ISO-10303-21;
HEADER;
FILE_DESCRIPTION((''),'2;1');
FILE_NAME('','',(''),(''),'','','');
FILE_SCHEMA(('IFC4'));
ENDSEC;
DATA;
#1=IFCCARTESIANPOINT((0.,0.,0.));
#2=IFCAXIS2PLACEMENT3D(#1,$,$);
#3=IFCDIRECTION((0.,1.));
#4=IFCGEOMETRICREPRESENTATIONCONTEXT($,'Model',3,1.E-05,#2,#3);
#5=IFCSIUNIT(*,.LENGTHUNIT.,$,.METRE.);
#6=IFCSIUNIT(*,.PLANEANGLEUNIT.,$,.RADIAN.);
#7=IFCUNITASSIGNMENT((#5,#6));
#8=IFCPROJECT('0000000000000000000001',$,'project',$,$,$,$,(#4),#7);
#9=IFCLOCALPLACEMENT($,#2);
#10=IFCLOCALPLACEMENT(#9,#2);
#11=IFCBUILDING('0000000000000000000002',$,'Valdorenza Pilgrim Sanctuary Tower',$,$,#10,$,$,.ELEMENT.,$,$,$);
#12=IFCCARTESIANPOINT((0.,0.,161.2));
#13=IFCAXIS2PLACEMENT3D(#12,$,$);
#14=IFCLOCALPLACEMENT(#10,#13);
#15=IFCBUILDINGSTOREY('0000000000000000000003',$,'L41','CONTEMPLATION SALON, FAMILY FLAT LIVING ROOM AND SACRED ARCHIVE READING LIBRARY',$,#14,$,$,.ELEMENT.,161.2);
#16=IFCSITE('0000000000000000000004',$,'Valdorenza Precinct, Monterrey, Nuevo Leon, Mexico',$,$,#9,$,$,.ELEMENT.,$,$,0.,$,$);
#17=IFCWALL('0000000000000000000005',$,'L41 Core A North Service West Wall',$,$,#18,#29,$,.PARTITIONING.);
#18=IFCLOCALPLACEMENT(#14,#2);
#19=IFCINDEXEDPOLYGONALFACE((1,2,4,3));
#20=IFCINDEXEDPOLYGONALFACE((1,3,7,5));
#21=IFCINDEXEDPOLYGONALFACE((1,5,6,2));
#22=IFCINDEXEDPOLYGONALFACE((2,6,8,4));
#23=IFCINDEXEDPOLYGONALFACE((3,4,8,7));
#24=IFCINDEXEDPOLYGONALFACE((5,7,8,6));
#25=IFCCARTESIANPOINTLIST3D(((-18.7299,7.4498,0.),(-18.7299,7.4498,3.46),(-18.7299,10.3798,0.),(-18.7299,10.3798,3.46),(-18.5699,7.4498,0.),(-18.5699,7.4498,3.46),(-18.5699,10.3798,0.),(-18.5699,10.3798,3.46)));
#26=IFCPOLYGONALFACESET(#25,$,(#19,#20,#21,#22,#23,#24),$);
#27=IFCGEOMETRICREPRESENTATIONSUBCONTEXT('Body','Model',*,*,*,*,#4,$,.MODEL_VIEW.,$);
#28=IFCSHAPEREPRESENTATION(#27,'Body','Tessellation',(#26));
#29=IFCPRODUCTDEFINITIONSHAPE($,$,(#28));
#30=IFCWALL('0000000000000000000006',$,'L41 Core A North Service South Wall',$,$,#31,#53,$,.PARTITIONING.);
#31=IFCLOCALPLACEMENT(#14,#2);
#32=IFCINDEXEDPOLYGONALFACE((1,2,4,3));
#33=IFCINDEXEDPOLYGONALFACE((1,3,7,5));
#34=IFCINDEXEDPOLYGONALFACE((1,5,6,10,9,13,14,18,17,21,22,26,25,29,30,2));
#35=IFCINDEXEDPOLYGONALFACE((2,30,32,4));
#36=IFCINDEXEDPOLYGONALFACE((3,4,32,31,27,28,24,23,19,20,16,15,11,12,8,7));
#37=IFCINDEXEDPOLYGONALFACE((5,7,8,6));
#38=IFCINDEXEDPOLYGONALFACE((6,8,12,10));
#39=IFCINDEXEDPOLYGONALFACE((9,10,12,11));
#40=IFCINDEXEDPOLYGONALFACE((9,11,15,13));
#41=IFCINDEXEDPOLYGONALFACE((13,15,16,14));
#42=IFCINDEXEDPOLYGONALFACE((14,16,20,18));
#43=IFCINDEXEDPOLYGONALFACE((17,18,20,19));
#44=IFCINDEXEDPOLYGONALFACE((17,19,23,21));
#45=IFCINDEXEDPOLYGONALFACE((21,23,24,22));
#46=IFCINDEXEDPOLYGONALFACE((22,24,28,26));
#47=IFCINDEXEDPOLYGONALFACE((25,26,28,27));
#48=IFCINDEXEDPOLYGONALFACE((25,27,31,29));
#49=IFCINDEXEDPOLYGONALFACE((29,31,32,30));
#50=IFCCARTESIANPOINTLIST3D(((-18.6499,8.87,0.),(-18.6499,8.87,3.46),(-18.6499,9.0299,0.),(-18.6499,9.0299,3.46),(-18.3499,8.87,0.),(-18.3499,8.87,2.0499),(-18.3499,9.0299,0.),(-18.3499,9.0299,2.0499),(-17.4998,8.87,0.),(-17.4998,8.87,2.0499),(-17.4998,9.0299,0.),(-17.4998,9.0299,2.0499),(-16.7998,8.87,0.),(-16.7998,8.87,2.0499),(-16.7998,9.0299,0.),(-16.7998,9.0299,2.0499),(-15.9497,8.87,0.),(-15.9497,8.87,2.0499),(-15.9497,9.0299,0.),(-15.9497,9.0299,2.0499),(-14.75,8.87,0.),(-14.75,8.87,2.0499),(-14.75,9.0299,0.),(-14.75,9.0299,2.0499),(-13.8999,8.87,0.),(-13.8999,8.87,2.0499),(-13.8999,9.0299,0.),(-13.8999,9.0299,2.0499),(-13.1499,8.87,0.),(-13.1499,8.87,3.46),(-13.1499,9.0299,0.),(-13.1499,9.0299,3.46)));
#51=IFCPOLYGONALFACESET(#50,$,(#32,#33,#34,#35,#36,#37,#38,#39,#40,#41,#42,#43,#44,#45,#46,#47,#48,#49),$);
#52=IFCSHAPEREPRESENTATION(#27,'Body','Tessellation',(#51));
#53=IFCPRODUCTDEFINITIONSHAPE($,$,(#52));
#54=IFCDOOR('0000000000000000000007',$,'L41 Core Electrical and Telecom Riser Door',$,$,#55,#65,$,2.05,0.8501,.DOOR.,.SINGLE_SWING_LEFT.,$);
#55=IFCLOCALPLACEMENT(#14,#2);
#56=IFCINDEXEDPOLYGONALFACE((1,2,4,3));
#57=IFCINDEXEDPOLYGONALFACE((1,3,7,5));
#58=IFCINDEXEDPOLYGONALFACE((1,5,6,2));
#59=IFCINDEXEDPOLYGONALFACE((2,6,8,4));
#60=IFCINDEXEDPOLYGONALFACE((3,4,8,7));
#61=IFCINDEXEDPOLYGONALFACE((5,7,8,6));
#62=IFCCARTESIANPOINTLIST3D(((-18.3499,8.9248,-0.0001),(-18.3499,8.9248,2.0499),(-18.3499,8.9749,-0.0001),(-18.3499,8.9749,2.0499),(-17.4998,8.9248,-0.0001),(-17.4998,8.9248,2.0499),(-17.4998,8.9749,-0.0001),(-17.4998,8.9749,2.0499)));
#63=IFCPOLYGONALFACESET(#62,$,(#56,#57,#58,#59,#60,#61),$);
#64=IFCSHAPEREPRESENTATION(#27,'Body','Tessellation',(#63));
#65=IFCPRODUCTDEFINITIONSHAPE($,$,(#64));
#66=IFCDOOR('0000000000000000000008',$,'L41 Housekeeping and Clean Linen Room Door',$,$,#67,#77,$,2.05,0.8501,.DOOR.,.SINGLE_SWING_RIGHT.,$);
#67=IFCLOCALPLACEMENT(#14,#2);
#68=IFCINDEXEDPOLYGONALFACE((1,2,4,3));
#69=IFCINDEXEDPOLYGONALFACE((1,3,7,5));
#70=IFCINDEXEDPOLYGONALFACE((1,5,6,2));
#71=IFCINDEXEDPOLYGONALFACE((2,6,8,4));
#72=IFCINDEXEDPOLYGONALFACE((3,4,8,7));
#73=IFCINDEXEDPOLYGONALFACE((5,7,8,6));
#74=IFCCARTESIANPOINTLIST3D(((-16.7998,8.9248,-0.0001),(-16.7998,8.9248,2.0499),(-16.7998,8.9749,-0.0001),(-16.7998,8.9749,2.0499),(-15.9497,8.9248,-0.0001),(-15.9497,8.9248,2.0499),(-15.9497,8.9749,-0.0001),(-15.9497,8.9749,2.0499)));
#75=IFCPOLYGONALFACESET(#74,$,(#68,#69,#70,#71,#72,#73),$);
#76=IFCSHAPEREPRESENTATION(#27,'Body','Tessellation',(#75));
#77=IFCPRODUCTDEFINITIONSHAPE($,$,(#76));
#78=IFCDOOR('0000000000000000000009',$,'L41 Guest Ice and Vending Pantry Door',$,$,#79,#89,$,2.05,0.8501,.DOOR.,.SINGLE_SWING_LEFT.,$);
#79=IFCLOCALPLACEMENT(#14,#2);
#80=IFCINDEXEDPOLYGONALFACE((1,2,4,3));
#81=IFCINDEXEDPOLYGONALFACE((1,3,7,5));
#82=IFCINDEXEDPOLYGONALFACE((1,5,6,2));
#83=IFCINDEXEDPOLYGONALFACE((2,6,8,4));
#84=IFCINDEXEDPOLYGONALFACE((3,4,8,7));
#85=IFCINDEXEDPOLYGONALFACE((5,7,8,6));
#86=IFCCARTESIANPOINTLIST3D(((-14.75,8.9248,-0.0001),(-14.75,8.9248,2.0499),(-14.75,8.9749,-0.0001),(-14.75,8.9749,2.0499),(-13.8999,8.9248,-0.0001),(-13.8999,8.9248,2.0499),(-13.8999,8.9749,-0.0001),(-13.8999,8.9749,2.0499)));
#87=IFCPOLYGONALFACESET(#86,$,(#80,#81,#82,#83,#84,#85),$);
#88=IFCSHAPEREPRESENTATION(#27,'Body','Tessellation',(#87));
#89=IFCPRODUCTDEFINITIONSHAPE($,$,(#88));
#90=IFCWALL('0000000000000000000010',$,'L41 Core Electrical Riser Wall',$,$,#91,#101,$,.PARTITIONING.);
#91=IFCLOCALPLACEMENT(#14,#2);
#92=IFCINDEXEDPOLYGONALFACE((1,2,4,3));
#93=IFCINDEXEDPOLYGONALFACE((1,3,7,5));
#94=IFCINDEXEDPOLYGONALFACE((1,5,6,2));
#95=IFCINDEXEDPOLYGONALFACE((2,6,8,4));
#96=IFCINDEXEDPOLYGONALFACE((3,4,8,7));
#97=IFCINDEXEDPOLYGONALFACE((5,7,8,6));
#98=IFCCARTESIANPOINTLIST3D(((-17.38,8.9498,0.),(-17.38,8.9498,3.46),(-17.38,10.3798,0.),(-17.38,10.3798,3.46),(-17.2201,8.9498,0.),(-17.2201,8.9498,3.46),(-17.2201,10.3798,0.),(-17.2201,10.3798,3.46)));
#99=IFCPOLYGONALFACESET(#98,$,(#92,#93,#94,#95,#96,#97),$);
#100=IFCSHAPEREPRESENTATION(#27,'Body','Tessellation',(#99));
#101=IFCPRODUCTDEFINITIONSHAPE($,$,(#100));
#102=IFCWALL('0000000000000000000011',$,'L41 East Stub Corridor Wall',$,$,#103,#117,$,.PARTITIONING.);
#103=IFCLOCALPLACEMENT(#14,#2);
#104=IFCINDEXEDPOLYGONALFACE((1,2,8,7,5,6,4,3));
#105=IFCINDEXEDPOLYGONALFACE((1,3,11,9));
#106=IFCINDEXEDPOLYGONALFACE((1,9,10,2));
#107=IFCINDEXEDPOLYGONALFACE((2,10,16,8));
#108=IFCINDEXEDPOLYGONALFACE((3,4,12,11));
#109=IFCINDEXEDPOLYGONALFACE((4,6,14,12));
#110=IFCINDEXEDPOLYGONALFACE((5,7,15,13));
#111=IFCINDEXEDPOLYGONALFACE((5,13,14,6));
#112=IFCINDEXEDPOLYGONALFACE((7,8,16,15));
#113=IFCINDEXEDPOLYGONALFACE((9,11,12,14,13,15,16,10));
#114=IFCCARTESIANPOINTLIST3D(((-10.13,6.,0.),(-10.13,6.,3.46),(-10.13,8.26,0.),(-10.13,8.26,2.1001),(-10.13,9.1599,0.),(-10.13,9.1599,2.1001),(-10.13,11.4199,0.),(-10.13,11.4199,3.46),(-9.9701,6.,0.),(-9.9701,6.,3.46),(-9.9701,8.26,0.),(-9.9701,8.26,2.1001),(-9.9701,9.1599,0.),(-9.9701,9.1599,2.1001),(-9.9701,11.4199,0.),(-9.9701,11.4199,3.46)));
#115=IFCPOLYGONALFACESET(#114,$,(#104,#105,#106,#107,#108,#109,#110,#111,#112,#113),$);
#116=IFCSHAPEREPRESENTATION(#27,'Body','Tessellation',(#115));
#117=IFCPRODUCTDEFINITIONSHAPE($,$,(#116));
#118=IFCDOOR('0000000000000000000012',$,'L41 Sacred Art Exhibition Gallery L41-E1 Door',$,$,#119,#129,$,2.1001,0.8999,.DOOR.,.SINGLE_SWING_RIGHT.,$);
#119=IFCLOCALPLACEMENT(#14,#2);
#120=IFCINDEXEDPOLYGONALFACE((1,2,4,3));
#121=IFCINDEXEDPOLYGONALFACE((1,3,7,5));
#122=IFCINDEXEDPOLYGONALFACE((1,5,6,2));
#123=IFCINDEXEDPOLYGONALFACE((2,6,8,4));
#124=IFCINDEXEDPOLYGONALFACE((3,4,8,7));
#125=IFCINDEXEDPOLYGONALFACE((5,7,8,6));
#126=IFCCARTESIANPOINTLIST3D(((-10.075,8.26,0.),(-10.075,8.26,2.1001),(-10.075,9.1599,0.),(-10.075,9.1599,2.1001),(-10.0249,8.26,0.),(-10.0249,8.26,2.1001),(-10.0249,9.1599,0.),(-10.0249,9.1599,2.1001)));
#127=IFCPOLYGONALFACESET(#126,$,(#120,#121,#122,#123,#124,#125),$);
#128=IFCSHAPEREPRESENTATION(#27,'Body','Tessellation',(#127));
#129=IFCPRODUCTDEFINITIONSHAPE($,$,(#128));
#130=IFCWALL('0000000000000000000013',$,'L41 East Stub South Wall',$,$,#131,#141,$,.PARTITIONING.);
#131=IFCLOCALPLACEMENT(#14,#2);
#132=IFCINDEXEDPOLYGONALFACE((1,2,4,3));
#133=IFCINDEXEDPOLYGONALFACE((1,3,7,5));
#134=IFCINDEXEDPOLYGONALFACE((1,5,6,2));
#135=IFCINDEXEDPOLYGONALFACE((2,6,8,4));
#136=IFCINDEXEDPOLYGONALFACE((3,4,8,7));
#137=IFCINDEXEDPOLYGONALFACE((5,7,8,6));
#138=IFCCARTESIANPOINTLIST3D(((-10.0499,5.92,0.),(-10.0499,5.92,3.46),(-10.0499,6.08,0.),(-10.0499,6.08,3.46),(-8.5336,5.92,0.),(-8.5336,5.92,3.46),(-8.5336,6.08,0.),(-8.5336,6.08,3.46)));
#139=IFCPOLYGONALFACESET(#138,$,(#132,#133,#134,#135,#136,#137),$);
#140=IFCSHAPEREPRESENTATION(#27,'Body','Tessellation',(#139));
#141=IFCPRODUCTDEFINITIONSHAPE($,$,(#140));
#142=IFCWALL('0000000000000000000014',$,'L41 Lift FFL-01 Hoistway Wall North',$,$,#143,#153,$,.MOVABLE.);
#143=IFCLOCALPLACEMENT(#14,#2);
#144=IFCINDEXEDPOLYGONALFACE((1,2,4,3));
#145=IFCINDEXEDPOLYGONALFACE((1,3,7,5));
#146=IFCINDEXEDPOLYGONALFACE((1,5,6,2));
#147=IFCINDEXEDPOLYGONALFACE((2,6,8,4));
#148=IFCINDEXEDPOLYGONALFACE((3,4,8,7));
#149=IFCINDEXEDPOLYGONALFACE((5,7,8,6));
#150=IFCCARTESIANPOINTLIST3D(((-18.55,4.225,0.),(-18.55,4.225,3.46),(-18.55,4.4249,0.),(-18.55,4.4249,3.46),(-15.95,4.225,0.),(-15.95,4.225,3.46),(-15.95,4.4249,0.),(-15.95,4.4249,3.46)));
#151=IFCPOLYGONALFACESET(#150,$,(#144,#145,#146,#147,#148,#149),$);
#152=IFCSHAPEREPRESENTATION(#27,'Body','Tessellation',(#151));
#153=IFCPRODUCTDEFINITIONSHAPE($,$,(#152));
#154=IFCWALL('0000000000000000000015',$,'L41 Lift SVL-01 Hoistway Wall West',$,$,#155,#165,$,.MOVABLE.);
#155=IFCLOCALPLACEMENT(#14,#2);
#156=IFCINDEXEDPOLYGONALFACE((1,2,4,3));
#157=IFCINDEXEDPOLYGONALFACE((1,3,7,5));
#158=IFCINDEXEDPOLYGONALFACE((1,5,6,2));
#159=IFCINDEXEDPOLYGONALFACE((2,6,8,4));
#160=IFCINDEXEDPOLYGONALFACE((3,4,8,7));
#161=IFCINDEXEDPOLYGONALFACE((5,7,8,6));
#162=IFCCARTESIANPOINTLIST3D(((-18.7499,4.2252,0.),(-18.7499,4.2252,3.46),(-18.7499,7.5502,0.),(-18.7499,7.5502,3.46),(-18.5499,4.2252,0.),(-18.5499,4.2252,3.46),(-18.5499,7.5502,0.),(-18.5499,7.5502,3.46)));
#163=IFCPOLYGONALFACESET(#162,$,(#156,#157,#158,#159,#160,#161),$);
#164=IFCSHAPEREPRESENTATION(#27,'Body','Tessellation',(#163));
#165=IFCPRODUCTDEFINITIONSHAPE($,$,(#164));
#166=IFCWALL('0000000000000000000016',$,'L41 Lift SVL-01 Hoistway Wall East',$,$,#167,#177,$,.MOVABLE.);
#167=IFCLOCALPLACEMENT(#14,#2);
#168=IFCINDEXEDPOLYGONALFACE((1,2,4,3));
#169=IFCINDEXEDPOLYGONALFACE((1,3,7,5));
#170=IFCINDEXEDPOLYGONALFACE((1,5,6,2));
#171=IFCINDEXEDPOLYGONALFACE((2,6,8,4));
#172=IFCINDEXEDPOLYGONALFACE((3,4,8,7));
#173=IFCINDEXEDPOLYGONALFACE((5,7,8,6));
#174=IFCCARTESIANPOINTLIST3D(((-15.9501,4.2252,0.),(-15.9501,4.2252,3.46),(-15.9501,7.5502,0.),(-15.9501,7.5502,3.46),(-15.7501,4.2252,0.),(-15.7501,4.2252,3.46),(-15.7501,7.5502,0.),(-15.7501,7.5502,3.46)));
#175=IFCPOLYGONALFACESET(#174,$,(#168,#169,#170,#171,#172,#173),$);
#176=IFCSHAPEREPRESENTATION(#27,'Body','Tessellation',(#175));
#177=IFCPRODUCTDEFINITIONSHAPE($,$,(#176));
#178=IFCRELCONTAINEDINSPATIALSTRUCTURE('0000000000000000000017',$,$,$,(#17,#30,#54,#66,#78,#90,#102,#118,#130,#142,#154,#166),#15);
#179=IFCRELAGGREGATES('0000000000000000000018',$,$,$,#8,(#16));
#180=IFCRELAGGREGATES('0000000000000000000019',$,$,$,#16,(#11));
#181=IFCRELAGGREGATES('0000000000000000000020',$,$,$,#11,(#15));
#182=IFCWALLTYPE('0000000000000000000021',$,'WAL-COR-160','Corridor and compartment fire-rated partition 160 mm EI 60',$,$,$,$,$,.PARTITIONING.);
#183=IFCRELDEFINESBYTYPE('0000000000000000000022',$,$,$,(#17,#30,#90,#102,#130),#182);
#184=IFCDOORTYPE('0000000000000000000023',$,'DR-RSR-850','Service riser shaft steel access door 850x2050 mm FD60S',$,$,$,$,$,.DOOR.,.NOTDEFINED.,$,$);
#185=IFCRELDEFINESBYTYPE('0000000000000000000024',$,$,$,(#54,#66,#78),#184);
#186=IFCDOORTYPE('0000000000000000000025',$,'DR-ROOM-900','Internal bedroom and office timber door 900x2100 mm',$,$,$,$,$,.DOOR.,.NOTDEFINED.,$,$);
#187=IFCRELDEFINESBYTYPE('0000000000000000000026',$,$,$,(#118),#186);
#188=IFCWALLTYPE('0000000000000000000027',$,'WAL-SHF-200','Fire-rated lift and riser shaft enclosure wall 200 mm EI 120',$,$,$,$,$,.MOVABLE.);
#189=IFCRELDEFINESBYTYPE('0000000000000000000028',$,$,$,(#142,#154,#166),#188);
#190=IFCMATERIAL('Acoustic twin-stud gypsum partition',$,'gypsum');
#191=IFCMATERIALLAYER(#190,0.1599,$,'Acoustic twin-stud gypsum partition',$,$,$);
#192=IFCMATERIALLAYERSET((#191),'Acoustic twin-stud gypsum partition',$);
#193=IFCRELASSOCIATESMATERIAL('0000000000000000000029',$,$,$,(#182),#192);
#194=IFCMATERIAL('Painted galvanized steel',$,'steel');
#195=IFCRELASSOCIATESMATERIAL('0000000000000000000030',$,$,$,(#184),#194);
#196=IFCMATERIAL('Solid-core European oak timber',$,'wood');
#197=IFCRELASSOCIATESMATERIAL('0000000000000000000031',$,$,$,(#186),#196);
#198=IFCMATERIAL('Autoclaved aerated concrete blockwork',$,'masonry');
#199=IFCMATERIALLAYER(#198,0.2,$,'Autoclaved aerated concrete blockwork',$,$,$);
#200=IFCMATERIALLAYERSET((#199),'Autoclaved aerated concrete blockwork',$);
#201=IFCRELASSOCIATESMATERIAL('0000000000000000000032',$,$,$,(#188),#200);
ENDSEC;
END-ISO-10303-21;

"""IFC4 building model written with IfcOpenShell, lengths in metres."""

from ifc_helpers import new_model, si_unit, direction, frame, frame_2d, origin, place, context, subcontext, project, spatial, rectangle, extrude, material, layer, layer_set, type_object, element, fill, save


model = new_model("IFC4")

# Units and contexts
model_context = context("Model", 3, precision=1e-05, world=origin(), true_north=direction((0.0, 1.0)))
body_context = subcontext(model_context, "Body", "Model", "MODEL_VIEW")
ifc_project = project(units=[si_unit("LENGTHUNIT", "METRE"), si_unit("PLANEANGLEUNIT", "RADIAN")], contexts=[model_context])

# Site, building, storey
site_placement = place(None, origin())
site = spatial("IfcSite", under=ifc_project, at=site_placement, Name="Valdorenza Precinct, Monterrey, Nuevo Leon, Mexico", CompositionType="ELEMENT", RefElevation=0.0)
building_placement = place(site_placement, origin())
building = spatial("IfcBuilding", under=site, at=building_placement, Name="Valdorenza Pilgrim Sanctuary Tower", CompositionType="ELEMENT")
storey_placement = place(building_placement, frame((0.0, 0.0, 161.2)))
storey = spatial("IfcBuildingStorey", under=building, at=storey_placement, Name="L41", Description="CONTEMPLATION SALON, FAMILY FLAT LIVING ROOM AND SACRED ARCHIVE READING LIBRARY", CompositionType="ELEMENT", Elevation=161.2)

# Wall
ifc_material_1 = material(Name="Acoustic twin-stud gypsum partition", Category="gypsum")
ifc_layer_1 = layer(ifc_material_1, 0.1599, Name="Acoustic twin-stud gypsum partition")
ifc_layer_set_1 = layer_set([ifc_layer_1], Name="Acoustic twin-stud gypsum partition")
wall_type_1 = type_object("IfcWallType", Name="WAL-COR-160", Description="Corridor and compartment fire-rated partition 160 mm EI 60", PredefinedType="PARTITIONING", material=ifc_layer_set_1)
wall_1_placement = place(storey_placement, frame((-18.6499, 7.45, 0.0), z_axis=(0.0, 0.0, 1.0), x_axis=(0.0, 1.0, 0.0)))
element("IfcWall", 1, at=wall_1_placement, inside=storey, type_object=wall_type_1, Name="L41 Core A North Service West Wall", PredefinedType="PARTITIONING", context=body_context, shape_type="SweptSolid", body=[
    extrude(rectangle(XDim=2.9299, YDim=0.1599, at=frame_2d((1.4648, 0.0))), origin(), (0.0, 0.0, 1.0), 3.46),
])

# Wall, openings, doors
wall_2_placement = place(storey_placement, frame((-18.6499, 8.95, 0.0), z_axis=(0.0, 0.0, 1.0), x_axis=(1.0, 0.0, 0.0)))
wall_2 = element("IfcWall", 2, at=wall_2_placement, inside=storey, type_object=wall_type_1, Name="L41 Core A North Service South Wall", PredefinedType="PARTITIONING", context=body_context, shape_type="SweptSolid", body=[
    extrude(rectangle(XDim=5.5, YDim=0.1599, at=frame_2d((2.75, 0.0))), origin(), (0.0, 0.0, 1.0), 3.46),
])
opening_1_placement = place(wall_2_placement, frame((0.3, 0.0, 0.0)))
opening_1 = element("IfcOpeningElement", 3, at=opening_1_placement, cuts=wall_2, PredefinedType="OPENING", context=body_context, shape_type="SweptSolid", body=[
    extrude(rectangle(XDim=0.8501, YDim=2.05, at=frame_2d((0.425, 1.0249))), frame((0.0, 0.0947, 0.0), z_axis=(0.0, -1.0, 0.0), x_axis=(1.0, 0.0, 0.0)), (0.0, 0.0, 1.0), 0.1897),
])
opening_2_placement = place(wall_2_placement, frame((1.8501, 0.0, 0.0)))
opening_2 = element("IfcOpeningElement", 4, at=opening_2_placement, cuts=wall_2, PredefinedType="OPENING", context=body_context, shape_type="SweptSolid", body=[
    extrude(rectangle(XDim=0.8501, YDim=2.05, at=frame_2d((0.425, 1.0249))), frame((0.0, 0.0947, 0.0), z_axis=(0.0, -1.0, 0.0), x_axis=(1.0, 0.0, 0.0)), (0.0, 0.0, 1.0), 0.1897),
])
opening_3_placement = place(wall_2_placement, frame((3.8999, 0.0, 0.0)))
opening_3 = element("IfcOpeningElement", 5, at=opening_3_placement, cuts=wall_2, PredefinedType="OPENING", context=body_context, shape_type="SweptSolid", body=[
    extrude(rectangle(XDim=0.8501, YDim=2.05, at=frame_2d((0.425, 1.0249))), frame((0.0, 0.0947, 0.0), z_axis=(0.0, -1.0, 0.0), x_axis=(1.0, 0.0, 0.0)), (0.0, 0.0, 1.0), 0.1897),
])
ifc_material_2 = material(Name="Painted galvanized steel", Category="steel")
door_type_1 = type_object("IfcDoorType", Name="DR-RSR-850", Description="Service riser shaft steel access door 850x2050 mm FD60S", OperationType="NOTDEFINED", PredefinedType="DOOR", material=ifc_material_2)
door_1_placement = place(opening_1_placement, origin())
door_1 = element("IfcDoor", 6, at=door_1_placement, inside=storey, type_object=door_type_1, Name="L41 Core Electrical and Telecom Riser Door", OperationType="SINGLE_SWING_LEFT", OverallHeight=2.05, OverallWidth=0.8501, PredefinedType="DOOR", context=body_context, shape_type="SweptSolid", body=[
    extrude(rectangle(XDim=0.8501, YDim=2.05, at=frame_2d((0.425, 1.0249))), frame((0.0, 0.0249, 0.0), z_axis=(0.0, -1.0, 0.0), x_axis=(1.0, 0.0, 0.0)), (0.0, 0.0, 1.0), 0.05),
])
fill(opening_1, door_1)
door_2_placement = place(opening_2_placement, origin())
door_2 = element("IfcDoor", 7, at=door_2_placement, inside=storey, type_object=door_type_1, Name="L41 Housekeeping and Clean Linen Room Door", OperationType="SINGLE_SWING_RIGHT", OverallHeight=2.05, OverallWidth=0.8501, PredefinedType="DOOR", context=body_context, shape_type="SweptSolid", body=[
    extrude(rectangle(XDim=0.8501, YDim=2.05, at=frame_2d((0.425, 1.0249))), frame((0.0, 0.0249, 0.0), z_axis=(0.0, -1.0, 0.0), x_axis=(1.0, 0.0, 0.0)), (0.0, 0.0, 1.0), 0.05),
])
fill(opening_2, door_2)
door_3_placement = place(opening_3_placement, origin())
door_3 = element("IfcDoor", 8, at=door_3_placement, inside=storey, type_object=door_type_1, Name="L41 Guest Ice and Vending Pantry Door", OperationType="SINGLE_SWING_LEFT", OverallHeight=2.05, OverallWidth=0.8501, PredefinedType="DOOR", context=body_context, shape_type="SweptSolid", body=[
    extrude(rectangle(XDim=0.8501, YDim=2.05, at=frame_2d((0.425, 1.0249))), frame((0.0, 0.0249, 0.0), z_axis=(0.0, -1.0, 0.0), x_axis=(1.0, 0.0, 0.0)), (0.0, 0.0, 1.0), 0.05),
])
fill(opening_3, door_3)

# Wall
wall_3_placement = place(storey_placement, frame((-17.3, 8.95, 0.0), z_axis=(0.0, 0.0, 1.0), x_axis=(0.0, 1.0, 0.0)))
element("IfcWall", 9, at=wall_3_placement, inside=storey, type_object=wall_type_1, Name="L41 Core Electrical Riser Wall", PredefinedType="PARTITIONING", context=body_context, shape_type="SweptSolid", body=[
    extrude(rectangle(XDim=1.4299, YDim=0.1599, at=frame_2d((0.7148, 0.0))), origin(), (0.0, 0.0, 1.0), 3.46),
])

# Wall, opening, door
wall_4_placement = place(storey_placement, frame((-10.05, 6.0, 0.0), z_axis=(0.0, 0.0, 1.0), x_axis=(0.0, 1.0, 0.0)))
wall_4 = element("IfcWall", 10, at=wall_4_placement, inside=storey, type_object=wall_type_1, Name="L41 East Stub Corridor Wall", PredefinedType="PARTITIONING", context=body_context, shape_type="SweptSolid", body=[
    extrude(rectangle(XDim=5.4199, YDim=0.1599, at=frame_2d((2.71, 0.0))), origin(), (0.0, 0.0, 1.0), 3.46),
])
opening_4_placement = place(wall_4_placement, frame((2.26, 0.0, 0.0)))
opening_4 = element("IfcOpeningElement", 11, at=opening_4_placement, cuts=wall_4, PredefinedType="OPENING", context=body_context, shape_type="SweptSolid", body=[
    extrude(rectangle(XDim=0.8999, YDim=2.1001, at=frame_2d((0.45, 1.05))), frame((0.0, 0.0947, 0.0), z_axis=(0.0, -1.0, 0.0), x_axis=(1.0, 0.0, 0.0)), (0.0, 0.0, 1.0), 0.1897),
])
ifc_material_3 = material(Name="Solid-core European oak timber", Category="wood")
door_type_2 = type_object("IfcDoorType", Name="DR-ROOM-900", Description="Internal bedroom and office timber door 900x2100 mm", OperationType="NOTDEFINED", PredefinedType="DOOR", material=ifc_material_3)
door_4_placement = place(opening_4_placement, origin())
door_4 = element("IfcDoor", 12, at=door_4_placement, inside=storey, type_object=door_type_2, Name="L41 Sacred Art Exhibition Gallery L41-E1 Door", OperationType="SINGLE_SWING_RIGHT", OverallHeight=2.1001, OverallWidth=0.8999, PredefinedType="DOOR", context=body_context, shape_type="SweptSolid", body=[
    extrude(rectangle(XDim=0.8999, YDim=2.1001, at=frame_2d((0.45, 1.05))), frame((0.0, 0.0249, 0.0), z_axis=(0.0, -1.0, 0.0), x_axis=(1.0, 0.0, 0.0)), (0.0, 0.0, 1.0), 0.05),
])
fill(opening_4, door_4)

# Walls
wall_5_placement = place(storey_placement, frame((-10.05, 6.0, 0.0), z_axis=(0.0, 0.0, 1.0), x_axis=(1.0, 0.0, 0.0)))
element("IfcWall", 13, at=wall_5_placement, inside=storey, type_object=wall_type_1, Name="L41 East Stub South Wall", PredefinedType="PARTITIONING", context=body_context, shape_type="SweptSolid", body=[
    extrude(rectangle(XDim=1.5164, YDim=0.1599, at=frame_2d((0.7583, 0.0))), origin(), (0.0, 0.0, 1.0), 3.46),
])
ifc_material_4 = material(Name="Autoclaved aerated concrete blockwork", Category="masonry")
ifc_layer_2 = layer(ifc_material_4, 0.2, Name="Autoclaved aerated concrete blockwork")
ifc_layer_set_2 = layer_set([ifc_layer_2], Name="Autoclaved aerated concrete blockwork")
wall_type_2 = type_object("IfcWallType", Name="WAL-SHF-200", Description="Fire-rated lift and riser shaft enclosure wall 200 mm EI 120", PredefinedType="MOVABLE", material=ifc_layer_set_2)
wall_6_placement = place(storey_placement, frame((-18.55, 4.325, 0.0), z_axis=(0.0, 0.0, 1.0), x_axis=(1.0, 0.0, 0.0)))
element("IfcWall", 14, at=wall_6_placement, inside=storey, type_object=wall_type_2, Name="L41 Lift FFL-01 Hoistway Wall North", PredefinedType="MOVABLE", context=body_context, shape_type="SweptSolid", body=[
    extrude(rectangle(XDim=2.6001, YDim=0.2, at=frame_2d((1.3, 0.0))), origin(), (0.0, 0.0, 1.0), 3.46),
])
for number, where, z_axis, x_axis, name in (
    (15, (-18.6499, 4.2251, 0.0), (0.0, 0.0, 1.0), (0.0, 1.0, 0.0), "L41 Lift SVL-01 Hoistway Wall West"),
    (16, (-15.8501, 4.2251, 0.0), (0.0, 0.0, 1.0), (0.0, 1.0, 0.0), "L41 Lift SVL-01 Hoistway Wall East"),
):
    element("IfcWall", number, at=place(storey_placement, frame(where, z_axis=z_axis, x_axis=x_axis)), inside=storey, type_object=wall_type_2, Name=name, PredefinedType="MOVABLE", context=body_context, shape_type="SweptSolid", body=[
        extrude(rectangle(XDim=3.325, YDim=0.2, at=frame_2d((1.6626, 0.0))), origin(), (0.0, 0.0, 1.0), 3.46),
    ])

save(model, "model.ifc")
